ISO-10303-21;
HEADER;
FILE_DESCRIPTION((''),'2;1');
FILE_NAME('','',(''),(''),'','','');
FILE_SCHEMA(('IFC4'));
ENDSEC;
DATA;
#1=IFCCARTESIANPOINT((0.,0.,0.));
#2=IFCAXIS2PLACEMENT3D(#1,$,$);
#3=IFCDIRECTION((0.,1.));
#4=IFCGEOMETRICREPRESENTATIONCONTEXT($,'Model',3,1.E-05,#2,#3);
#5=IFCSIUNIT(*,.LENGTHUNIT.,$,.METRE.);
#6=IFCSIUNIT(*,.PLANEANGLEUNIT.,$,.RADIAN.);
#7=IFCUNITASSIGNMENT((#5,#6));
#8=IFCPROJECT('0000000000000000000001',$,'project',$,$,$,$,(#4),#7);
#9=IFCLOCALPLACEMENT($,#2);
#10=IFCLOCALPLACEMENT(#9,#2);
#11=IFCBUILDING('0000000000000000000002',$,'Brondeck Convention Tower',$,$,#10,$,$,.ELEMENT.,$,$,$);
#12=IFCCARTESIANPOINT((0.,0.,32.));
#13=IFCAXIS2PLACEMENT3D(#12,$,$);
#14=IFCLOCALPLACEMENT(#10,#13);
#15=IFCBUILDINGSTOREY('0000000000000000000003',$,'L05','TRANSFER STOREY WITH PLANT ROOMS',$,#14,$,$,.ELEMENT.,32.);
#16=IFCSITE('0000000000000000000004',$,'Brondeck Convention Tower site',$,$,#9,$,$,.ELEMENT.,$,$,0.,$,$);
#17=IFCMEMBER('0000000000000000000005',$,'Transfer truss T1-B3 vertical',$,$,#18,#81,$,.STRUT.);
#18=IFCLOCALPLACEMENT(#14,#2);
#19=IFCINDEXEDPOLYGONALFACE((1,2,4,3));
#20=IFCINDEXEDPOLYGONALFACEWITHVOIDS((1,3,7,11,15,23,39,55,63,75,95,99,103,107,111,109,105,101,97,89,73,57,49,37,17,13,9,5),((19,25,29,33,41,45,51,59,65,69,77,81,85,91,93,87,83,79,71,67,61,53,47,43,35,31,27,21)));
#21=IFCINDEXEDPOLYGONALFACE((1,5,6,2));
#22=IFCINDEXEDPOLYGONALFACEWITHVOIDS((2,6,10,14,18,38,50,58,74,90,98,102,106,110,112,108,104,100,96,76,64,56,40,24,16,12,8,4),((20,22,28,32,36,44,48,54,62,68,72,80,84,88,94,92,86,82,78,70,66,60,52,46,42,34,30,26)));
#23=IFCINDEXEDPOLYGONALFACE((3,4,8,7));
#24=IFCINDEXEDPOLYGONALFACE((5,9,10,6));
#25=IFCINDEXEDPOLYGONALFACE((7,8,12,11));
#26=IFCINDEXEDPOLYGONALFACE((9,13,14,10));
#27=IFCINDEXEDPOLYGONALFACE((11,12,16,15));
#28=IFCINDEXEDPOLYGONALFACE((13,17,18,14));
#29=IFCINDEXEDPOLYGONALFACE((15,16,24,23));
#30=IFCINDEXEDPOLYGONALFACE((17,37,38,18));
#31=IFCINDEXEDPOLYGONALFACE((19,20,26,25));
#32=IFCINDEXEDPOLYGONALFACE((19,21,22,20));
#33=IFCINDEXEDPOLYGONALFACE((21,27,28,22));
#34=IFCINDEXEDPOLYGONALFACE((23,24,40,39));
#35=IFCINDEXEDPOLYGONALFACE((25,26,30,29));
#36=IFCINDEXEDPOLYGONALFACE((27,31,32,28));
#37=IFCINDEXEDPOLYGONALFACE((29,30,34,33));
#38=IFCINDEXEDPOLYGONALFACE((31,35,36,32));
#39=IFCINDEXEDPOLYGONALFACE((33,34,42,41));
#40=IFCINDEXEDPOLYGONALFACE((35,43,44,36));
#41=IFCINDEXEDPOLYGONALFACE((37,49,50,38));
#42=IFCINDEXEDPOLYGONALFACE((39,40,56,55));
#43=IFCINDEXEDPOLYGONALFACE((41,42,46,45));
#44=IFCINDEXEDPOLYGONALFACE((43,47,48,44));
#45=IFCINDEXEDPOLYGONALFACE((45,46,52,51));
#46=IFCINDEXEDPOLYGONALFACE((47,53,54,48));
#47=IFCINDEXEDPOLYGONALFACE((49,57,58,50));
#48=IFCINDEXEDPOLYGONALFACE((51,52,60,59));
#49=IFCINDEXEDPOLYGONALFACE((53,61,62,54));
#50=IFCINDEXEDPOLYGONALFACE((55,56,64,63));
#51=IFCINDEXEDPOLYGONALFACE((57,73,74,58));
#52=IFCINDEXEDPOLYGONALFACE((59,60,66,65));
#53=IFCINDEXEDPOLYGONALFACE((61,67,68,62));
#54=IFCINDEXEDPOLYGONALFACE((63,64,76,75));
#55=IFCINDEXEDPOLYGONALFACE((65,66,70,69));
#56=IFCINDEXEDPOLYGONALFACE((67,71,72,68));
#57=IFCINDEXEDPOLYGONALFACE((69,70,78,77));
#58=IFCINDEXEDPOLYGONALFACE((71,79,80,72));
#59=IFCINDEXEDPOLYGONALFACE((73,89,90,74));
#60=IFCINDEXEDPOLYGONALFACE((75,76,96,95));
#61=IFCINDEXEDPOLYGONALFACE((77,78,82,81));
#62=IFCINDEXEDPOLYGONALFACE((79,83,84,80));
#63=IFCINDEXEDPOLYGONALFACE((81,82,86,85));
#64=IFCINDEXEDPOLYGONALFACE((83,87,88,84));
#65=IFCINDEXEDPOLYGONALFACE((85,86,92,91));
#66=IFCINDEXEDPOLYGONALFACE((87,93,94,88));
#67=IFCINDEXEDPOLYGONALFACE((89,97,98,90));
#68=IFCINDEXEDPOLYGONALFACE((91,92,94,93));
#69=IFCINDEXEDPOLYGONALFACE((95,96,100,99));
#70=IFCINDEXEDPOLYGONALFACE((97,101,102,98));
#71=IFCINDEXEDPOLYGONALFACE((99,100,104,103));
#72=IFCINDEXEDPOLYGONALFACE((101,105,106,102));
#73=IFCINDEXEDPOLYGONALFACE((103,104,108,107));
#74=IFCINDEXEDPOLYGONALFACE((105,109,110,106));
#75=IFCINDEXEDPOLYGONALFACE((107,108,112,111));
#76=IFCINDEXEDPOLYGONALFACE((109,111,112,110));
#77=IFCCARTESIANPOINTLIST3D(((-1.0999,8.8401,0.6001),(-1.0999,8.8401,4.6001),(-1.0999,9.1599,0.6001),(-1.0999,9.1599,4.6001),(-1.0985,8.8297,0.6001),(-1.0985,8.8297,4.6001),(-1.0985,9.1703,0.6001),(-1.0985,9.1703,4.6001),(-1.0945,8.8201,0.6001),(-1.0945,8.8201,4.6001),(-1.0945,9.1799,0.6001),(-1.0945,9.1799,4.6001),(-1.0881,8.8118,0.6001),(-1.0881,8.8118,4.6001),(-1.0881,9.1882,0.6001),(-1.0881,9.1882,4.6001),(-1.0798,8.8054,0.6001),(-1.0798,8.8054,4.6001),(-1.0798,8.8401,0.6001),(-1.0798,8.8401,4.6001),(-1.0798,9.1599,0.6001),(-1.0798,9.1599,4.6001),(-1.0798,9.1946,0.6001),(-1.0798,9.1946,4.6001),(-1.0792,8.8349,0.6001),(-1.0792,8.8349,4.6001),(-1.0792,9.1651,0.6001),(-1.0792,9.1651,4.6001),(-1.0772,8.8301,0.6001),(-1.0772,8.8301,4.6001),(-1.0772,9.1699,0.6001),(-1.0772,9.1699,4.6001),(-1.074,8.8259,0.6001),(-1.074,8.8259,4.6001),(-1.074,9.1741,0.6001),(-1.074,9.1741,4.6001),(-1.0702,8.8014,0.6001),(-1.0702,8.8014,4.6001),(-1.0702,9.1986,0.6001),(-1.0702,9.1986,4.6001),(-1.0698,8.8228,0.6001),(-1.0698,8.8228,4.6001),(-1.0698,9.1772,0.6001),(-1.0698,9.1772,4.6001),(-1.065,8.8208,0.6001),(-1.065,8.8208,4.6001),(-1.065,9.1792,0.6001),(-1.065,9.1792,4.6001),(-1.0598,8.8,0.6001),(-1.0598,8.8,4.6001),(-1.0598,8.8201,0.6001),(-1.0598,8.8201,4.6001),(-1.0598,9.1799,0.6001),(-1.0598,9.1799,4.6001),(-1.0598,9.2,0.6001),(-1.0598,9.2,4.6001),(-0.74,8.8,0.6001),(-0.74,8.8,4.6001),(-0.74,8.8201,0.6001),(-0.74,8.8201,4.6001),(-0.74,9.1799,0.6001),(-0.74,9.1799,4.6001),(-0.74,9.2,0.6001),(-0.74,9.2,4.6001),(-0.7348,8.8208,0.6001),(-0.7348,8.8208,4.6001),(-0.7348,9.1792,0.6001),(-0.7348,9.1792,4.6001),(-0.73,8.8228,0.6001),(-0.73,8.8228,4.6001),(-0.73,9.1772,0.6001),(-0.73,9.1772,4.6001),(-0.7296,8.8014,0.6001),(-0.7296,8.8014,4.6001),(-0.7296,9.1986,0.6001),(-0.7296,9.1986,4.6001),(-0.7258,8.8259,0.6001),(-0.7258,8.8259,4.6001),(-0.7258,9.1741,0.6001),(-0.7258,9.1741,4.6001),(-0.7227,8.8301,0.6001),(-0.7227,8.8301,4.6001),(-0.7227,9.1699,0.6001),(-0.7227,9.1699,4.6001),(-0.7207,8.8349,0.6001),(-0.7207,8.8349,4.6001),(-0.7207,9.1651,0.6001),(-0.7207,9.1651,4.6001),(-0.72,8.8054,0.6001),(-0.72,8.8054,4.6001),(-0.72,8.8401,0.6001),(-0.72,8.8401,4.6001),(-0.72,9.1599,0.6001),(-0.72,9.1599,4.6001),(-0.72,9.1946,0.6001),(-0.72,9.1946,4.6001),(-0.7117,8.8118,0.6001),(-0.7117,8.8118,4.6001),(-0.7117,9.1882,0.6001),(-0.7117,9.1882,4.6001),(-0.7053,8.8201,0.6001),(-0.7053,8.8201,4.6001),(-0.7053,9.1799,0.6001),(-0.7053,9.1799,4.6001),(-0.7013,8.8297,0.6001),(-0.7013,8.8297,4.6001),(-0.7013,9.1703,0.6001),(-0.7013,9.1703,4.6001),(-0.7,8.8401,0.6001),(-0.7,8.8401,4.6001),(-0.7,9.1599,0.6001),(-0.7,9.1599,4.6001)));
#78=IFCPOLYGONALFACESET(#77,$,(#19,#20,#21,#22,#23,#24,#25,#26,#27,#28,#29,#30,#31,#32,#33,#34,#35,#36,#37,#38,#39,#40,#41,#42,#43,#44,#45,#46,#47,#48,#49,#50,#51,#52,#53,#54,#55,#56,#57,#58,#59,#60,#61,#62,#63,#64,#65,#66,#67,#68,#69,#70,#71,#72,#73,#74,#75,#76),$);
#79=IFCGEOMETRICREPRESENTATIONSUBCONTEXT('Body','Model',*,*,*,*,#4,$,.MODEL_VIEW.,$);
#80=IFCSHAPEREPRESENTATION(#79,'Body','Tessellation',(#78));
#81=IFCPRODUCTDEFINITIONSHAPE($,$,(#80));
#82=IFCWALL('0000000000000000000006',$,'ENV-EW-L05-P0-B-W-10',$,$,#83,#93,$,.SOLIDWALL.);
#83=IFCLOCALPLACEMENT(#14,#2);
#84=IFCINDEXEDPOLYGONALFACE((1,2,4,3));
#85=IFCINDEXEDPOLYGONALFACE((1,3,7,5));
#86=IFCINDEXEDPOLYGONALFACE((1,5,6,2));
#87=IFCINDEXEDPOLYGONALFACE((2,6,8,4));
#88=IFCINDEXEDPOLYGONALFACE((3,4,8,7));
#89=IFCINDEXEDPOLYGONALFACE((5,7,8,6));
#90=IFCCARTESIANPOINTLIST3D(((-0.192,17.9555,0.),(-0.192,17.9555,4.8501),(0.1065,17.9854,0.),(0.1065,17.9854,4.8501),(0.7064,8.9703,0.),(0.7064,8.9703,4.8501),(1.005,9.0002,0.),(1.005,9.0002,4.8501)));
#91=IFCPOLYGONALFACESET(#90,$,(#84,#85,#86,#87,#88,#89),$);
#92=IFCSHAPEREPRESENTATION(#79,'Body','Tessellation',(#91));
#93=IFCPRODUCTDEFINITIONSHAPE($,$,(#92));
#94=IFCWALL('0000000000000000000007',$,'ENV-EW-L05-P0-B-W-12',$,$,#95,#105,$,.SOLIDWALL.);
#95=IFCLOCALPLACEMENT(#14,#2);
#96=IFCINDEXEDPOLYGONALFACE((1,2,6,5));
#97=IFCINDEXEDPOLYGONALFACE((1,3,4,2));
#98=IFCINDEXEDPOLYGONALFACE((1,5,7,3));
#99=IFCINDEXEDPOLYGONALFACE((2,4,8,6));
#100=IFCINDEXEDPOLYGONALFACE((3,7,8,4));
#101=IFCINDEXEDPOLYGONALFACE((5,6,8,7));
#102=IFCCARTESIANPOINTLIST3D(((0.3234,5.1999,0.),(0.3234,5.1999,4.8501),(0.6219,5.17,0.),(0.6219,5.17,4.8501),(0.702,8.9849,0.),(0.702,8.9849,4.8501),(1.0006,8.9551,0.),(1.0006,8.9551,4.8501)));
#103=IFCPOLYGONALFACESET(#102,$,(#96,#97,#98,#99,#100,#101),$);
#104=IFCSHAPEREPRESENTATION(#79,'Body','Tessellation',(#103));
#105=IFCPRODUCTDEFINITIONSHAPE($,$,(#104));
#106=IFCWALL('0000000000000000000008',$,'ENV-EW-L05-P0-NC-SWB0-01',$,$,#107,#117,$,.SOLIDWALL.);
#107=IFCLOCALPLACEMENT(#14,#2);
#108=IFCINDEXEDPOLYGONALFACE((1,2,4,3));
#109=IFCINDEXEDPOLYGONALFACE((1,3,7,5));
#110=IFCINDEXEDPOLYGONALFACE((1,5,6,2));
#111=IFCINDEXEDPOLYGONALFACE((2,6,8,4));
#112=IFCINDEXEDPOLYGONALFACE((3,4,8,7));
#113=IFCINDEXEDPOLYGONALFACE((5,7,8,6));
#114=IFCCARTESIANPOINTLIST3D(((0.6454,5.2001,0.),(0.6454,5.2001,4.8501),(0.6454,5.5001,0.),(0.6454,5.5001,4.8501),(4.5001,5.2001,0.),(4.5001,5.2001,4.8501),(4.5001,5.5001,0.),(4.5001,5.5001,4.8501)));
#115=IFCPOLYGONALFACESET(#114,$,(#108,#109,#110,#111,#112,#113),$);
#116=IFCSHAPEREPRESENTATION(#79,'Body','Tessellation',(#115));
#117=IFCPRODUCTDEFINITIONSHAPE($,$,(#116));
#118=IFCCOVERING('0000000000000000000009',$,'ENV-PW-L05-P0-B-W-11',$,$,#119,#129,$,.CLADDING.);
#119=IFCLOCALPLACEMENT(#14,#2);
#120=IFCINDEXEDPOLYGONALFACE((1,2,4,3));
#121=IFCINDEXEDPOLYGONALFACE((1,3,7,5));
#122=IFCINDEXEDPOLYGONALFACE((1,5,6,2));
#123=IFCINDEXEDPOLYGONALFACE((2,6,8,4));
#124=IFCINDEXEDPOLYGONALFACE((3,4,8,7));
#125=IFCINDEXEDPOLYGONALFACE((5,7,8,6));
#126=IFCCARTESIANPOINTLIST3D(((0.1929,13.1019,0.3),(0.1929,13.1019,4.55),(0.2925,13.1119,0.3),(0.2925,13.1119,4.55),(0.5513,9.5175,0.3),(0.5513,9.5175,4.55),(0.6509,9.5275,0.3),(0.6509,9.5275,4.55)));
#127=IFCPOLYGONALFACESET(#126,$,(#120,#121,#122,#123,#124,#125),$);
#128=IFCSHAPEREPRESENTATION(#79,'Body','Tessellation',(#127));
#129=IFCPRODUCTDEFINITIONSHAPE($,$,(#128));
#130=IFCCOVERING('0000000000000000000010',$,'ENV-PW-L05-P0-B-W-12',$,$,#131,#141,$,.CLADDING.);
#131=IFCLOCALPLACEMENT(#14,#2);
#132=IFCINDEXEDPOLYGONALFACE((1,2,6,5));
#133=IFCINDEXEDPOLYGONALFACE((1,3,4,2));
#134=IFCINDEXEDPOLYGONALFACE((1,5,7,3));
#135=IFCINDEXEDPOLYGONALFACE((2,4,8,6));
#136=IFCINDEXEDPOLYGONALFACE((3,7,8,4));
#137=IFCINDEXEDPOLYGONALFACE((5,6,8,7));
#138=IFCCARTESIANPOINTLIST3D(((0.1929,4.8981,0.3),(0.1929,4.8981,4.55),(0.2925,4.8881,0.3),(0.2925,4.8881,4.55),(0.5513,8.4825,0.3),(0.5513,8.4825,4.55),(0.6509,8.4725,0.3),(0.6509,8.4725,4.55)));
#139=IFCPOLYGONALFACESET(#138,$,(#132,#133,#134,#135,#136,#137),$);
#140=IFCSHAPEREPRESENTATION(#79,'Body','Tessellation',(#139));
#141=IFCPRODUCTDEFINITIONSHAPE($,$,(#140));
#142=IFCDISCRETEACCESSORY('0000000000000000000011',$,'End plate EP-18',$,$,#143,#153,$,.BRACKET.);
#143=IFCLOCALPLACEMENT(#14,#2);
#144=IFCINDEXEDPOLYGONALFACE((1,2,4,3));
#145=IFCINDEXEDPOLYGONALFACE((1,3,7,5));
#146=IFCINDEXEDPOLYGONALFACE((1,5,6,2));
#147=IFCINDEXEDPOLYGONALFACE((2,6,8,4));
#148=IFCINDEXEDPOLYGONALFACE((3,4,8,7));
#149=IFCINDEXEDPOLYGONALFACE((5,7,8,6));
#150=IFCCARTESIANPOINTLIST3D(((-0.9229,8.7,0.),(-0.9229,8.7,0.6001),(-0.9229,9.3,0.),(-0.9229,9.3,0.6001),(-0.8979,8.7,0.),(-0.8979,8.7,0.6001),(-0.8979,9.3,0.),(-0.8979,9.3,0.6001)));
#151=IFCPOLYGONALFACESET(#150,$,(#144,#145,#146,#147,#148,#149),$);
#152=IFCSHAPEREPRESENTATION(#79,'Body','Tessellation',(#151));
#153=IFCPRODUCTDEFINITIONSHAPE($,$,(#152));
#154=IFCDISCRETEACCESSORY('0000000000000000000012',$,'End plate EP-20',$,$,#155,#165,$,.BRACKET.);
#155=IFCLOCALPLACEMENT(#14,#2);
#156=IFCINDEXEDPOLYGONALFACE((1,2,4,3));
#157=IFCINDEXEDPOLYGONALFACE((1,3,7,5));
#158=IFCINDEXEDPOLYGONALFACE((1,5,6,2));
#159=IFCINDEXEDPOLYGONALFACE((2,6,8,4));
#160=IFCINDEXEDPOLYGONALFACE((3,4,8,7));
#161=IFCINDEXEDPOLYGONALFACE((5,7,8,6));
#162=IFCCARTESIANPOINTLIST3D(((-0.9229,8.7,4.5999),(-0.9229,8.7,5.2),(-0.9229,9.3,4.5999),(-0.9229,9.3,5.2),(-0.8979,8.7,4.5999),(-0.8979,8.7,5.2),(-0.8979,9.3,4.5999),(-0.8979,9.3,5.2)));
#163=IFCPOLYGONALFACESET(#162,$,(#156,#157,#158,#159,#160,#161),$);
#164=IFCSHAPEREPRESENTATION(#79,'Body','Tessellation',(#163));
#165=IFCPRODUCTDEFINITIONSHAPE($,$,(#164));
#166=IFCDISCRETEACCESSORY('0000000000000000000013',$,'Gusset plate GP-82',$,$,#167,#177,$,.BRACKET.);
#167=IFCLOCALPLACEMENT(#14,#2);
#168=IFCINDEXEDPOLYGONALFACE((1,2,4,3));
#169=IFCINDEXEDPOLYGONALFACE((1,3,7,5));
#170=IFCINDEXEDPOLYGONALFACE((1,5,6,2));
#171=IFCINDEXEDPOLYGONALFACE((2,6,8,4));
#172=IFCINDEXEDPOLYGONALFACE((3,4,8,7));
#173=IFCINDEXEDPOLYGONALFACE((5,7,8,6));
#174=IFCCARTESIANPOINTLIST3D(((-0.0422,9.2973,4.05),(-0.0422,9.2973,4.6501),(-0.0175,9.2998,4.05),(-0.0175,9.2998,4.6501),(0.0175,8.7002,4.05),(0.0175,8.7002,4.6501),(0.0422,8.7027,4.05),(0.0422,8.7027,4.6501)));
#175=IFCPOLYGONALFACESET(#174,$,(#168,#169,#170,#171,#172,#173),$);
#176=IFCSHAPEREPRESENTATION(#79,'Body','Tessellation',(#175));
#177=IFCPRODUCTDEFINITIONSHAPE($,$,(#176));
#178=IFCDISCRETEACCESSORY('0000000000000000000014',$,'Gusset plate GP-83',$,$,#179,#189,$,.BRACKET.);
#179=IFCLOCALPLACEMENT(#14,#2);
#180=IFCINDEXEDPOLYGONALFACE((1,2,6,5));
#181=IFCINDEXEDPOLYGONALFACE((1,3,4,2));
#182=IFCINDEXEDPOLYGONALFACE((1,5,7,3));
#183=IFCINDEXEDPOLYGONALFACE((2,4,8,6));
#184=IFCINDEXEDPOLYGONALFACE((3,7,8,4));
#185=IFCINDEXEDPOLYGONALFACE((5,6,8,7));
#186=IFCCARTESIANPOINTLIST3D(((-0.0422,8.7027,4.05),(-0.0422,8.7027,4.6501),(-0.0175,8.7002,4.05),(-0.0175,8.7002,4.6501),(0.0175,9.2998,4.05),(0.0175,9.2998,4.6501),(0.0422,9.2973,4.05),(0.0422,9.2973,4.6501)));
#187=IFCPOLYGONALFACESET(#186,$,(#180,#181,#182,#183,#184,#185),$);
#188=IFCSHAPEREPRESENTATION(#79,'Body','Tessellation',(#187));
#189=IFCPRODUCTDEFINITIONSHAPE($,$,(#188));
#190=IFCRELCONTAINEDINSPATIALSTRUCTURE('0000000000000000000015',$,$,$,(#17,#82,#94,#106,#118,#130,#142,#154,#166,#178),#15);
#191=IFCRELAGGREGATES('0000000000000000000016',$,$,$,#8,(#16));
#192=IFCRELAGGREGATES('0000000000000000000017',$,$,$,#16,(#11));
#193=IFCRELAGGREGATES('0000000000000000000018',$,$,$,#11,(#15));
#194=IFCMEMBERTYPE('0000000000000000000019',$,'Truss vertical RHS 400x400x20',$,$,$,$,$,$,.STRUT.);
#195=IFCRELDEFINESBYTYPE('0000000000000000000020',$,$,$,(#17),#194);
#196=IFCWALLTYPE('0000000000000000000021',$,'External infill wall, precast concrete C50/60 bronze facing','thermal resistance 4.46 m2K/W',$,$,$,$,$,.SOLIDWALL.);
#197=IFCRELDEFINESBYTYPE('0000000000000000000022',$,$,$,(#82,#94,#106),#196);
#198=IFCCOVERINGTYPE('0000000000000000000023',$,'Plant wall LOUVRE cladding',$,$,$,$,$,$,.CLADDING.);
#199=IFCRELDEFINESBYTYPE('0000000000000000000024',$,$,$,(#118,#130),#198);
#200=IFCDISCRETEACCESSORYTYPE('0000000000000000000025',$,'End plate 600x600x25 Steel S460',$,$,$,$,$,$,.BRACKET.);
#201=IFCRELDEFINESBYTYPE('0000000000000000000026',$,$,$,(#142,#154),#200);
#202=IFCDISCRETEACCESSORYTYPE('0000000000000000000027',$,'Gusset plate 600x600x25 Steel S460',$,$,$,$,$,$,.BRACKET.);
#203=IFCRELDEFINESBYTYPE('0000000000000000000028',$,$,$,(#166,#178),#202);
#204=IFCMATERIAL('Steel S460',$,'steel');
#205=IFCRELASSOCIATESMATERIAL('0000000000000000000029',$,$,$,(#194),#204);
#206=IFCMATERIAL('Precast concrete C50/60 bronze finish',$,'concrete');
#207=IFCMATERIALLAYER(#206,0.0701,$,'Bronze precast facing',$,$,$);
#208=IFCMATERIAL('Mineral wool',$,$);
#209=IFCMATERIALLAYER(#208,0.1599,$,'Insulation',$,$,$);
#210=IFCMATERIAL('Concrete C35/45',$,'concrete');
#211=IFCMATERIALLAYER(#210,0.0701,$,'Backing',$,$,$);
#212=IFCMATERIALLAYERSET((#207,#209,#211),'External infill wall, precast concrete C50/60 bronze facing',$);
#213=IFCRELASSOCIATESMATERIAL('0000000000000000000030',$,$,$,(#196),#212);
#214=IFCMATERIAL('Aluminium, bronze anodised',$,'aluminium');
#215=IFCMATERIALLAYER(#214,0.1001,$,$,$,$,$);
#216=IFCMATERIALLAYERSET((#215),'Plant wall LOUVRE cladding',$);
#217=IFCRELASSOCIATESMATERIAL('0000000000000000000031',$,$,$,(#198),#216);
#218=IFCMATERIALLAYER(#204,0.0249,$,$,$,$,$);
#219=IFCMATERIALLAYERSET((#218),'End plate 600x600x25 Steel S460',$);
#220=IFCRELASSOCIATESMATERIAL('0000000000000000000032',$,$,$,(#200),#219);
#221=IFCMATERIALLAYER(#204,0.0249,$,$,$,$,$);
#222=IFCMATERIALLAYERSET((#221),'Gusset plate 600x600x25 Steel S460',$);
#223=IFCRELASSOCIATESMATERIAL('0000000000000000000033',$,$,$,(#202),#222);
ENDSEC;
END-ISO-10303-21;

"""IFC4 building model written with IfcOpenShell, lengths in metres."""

from ifc_helpers import new_model, si_unit, direction, frame, frame_2d, origin, origin_2d, place, context, subcontext, project, spatial, rectangle, hollow_rectangle, extrude, material, layer, layer_set, material_profile, profile_set, type_object, element, save


model = new_model("IFC4")

# Units and contexts
model_context = context("Model", 3, precision=1e-05, world=origin(), true_north=direction((0.0, 1.0)))
body_context = subcontext(model_context, "Body", "Model", "MODEL_VIEW")
ifc_project = project(units=[si_unit("LENGTHUNIT", "METRE"), si_unit("PLANEANGLEUNIT", "RADIAN")], contexts=[model_context])

# Site, building, storey
site_placement = place(None, origin())
site = spatial("IfcSite", under=ifc_project, at=site_placement, Name="Brondeck Convention Tower site", CompositionType="ELEMENT", RefElevation=0.0)
building_placement = place(site_placement, origin())
building = spatial("IfcBuilding", under=site, at=building_placement, Name="Brondeck Convention Tower", CompositionType="ELEMENT")
storey_placement = place(building_placement, frame((0.0, 0.0, 32.0)))
storey = spatial("IfcBuildingStorey", under=building, at=storey_placement, Name="L05", Description="TRANSFER STOREY WITH PLANT ROOMS", CompositionType="ELEMENT", Elevation=32.0)

# Shared definitions
ifc_material_1 = material(Name="Steel S460", Category="steel")

# Member
ifc_material_profile_1 = material_profile(ifc_material_1, hollow_rectangle(XDim=0.3999, YDim=0.3999, WallThickness=0.02, InnerFilletRadius=0.02, OuterFilletRadius=0.04, at=origin_2d()), Name="RHS 400x400x20")
ifc_profile_set_1 = profile_set([ifc_material_profile_1], Name="Steel S460")
member_type_1 = type_object("IfcMemberType", Name="Truss vertical RHS 400x400x20", PredefinedType="STRUT", material=ifc_profile_set_1)
for number, where, z_axis, x_axis, name in (
    (1, (-0.8999, 9.0, 0.6001), (0.0, 0.0, 1.0), (1.0, 0.0, 0.0), "Transfer truss T1-B3 vertical"),
):
    element("IfcMember", number, at=place(storey_placement, frame(where, z_axis=z_axis, x_axis=x_axis)), inside=storey, type_object=member_type_1, Name=name, PredefinedType="STRUT", context=body_context, shape_type="SweptSolid", body=[
        extrude(hollow_rectangle(XDim=0.3999, YDim=0.3999, WallThickness=0.02, InnerFilletRadius=0.02, OuterFilletRadius=0.04, at=origin_2d()), origin(), (0.0, 0.0, 1.0), 4.0),
    ])

# Walls
ifc_material_2 = material(Name="Precast concrete C50/60 bronze finish", Category="concrete")
ifc_layer_1 = layer(ifc_material_2, 0.0701, Name="Bronze precast facing")
ifc_material_3 = material(Name="Mineral wool")
ifc_layer_2 = layer(ifc_material_3, 0.1599, Name="Insulation")
ifc_material_4 = material(Name="Concrete C35/45", Category="concrete")
ifc_layer_3 = layer(ifc_material_4, 0.0701, Name="Backing")
ifc_layer_set_1 = layer_set([ifc_layer_1, ifc_layer_2, ifc_layer_3], Name="External infill wall, precast concrete C50/60 bronze facing")
wall_type = type_object("IfcWallType", Name="External infill wall, precast concrete C50/60 bronze facing", Description="thermal resistance 4.46 m2K/W", PredefinedType="SOLIDWALL", material=ifc_layer_set_1)
wall_1_placement = place(storey_placement, frame((0.8557, 8.9851, 0.0), z_axis=(0.0, 0.0, 1.0), x_axis=(-0.099496, 0.995038, 0.0)))
element("IfcWall", 2, at=wall_1_placement, inside=storey, type_object=wall_type, Name="ENV-EW-L05-P0-B-W-10", PredefinedType="SOLIDWALL", context=body_context, shape_type="SweptSolid", body=[
    extrude(rectangle(XDim=9.03, YDim=0.3, at=frame_2d((4.5151, 0.0))), origin(), (0.0, 0.0, 1.0), 4.8501),
])
wall_2_placement = place(storey_placement, frame((0.4727, 5.1851, 0.0), z_axis=(0.0, 0.0, 1.0), x_axis=(0.099542, 0.995033, 0.0)))
element("IfcWall", 3, at=wall_2_placement, inside=storey, type_object=wall_type, Name="ENV-EW-L05-P0-B-W-12", PredefinedType="SOLIDWALL", context=body_context, shape_type="SweptSolid", body=[
    extrude(rectangle(XDim=3.804, YDim=0.3, at=frame_2d((1.9019, 0.0))), origin(), (0.0, 0.0, 1.0), 4.8501),
])
wall_3_placement = place(storey_placement, frame((4.5, 5.3501, 0.0), z_axis=(0.0, 0.0, 1.0), x_axis=(-1.0, 0.0, 0.0)))
element("IfcWall", 4, at=wall_3_placement, inside=storey, type_object=wall_type, Name="ENV-EW-L05-P0-NC-SWB0-01", PredefinedType="SOLIDWALL", context=body_context, shape_type="SweptSolid", body=[
    extrude(rectangle(XDim=3.8547, YDim=0.3, at=frame_2d((1.9272, 0.0))), origin(), (0.0, 0.0, 1.0), 4.8501),
])

# Coverings
ifc_material_5 = material(Name="Aluminium, bronze anodised", Category="aluminium")
ifc_layer_4 = layer(ifc_material_5, 0.1001)
ifc_layer_set_2 = layer_set([ifc_layer_4], Name="Plant wall LOUVRE cladding")
covering_type = type_object("IfcCoveringType", Name="Plant wall LOUVRE cladding", PredefinedType="CLADDING", material=ifc_layer_set_2)
for number, where, z_axis, x_axis, name in (
    (5, (0.4219, 11.3147, 0.3), (0.0, 0.0, 1.0), (0.099504, -0.995037, 0.0), "ENV-PW-L05-P0-B-W-11"),
    (6, (0.4219, 6.6853, 0.3), (0.0, 0.0, 1.0), (-0.099504, -0.995037, 0.0), "ENV-PW-L05-P0-B-W-12"),
):
    element("IfcCovering", number, at=place(storey_placement, frame(where, z_axis=z_axis, x_axis=x_axis)), inside=storey, type_object=covering_type, Name=name, PredefinedType="CLADDING", context=body_context, shape_type="SweptSolid", body=[
        extrude(rectangle(XDim=3.6023, YDim=0.1001, at=origin_2d()), origin(), (0.0, 0.0, 1.0), 4.25),
    ])

# Discrete accessories
ifc_layer_5 = layer(ifc_material_1, 0.0249)
ifc_layer_set_3 = layer_set([ifc_layer_5], Name="End plate 600x600x25 Steel S460")
discrete_accessory_type_1 = type_object("IfcDiscreteAccessoryType", Name="End plate 600x600x25 Steel S460", PredefinedType="BRACKET", material=ifc_layer_set_3)
for number, where, z_axis, x_axis, name in (
    (7, (-0.9104, 9.0, 0.0), (0.0, 0.0, 1.0), (0.0, -1.0, 0.0), "End plate EP-18"),
    (8, (-0.9104, 9.0, 4.5999), (0.0, 0.0, 1.0), (0.0, -1.0, 0.0), "End plate EP-20"),
):
    element("IfcDiscreteAccessory", number, at=place(storey_placement, frame(where, z_axis=z_axis, x_axis=x_axis)), inside=storey, type_object=discrete_accessory_type_1, Name=name, PredefinedType="BRACKET", context=body_context, shape_type="SweptSolid", body=[
        extrude(rectangle(XDim=0.6001, YDim=0.0249, at=origin_2d()), origin(), (0.0, 0.0, 1.0), 0.6001),
    ])
ifc_layer_6 = layer(ifc_material_1, 0.0249)
ifc_layer_set_4 = layer_set([ifc_layer_6], Name="Gusset plate 600x600x25 Steel S460")
discrete_accessory_type_2 = type_object("IfcDiscreteAccessoryType", Name="Gusset plate 600x600x25 Steel S460", PredefinedType="BRACKET", material=ifc_layer_set_4)
for number, where, z_axis, x_axis, name in (
    (9, (0.0, 9.0, 4.05), (0.0, 0.0, 1.0), (-0.099511, 0.995036, 0.0), "Gusset plate GP-82"),
    (10, (0.0, 9.0, 4.05), (0.0, 0.0, 1.0), (0.099511, 0.995036, 0.0), "Gusset plate GP-83"),
):
    element("IfcDiscreteAccessory", number, at=place(storey_placement, frame(where, z_axis=z_axis, x_axis=x_axis)), inside=storey, type_object=discrete_accessory_type_2, Name=name, PredefinedType="BRACKET", context=body_context, shape_type="SweptSolid", body=[
        extrude(rectangle(XDim=0.6001, YDim=0.0249, at=origin_2d()), origin(), (0.0, 0.0, 1.0), 0.6001),
    ])

save(model, "model.ifc")
